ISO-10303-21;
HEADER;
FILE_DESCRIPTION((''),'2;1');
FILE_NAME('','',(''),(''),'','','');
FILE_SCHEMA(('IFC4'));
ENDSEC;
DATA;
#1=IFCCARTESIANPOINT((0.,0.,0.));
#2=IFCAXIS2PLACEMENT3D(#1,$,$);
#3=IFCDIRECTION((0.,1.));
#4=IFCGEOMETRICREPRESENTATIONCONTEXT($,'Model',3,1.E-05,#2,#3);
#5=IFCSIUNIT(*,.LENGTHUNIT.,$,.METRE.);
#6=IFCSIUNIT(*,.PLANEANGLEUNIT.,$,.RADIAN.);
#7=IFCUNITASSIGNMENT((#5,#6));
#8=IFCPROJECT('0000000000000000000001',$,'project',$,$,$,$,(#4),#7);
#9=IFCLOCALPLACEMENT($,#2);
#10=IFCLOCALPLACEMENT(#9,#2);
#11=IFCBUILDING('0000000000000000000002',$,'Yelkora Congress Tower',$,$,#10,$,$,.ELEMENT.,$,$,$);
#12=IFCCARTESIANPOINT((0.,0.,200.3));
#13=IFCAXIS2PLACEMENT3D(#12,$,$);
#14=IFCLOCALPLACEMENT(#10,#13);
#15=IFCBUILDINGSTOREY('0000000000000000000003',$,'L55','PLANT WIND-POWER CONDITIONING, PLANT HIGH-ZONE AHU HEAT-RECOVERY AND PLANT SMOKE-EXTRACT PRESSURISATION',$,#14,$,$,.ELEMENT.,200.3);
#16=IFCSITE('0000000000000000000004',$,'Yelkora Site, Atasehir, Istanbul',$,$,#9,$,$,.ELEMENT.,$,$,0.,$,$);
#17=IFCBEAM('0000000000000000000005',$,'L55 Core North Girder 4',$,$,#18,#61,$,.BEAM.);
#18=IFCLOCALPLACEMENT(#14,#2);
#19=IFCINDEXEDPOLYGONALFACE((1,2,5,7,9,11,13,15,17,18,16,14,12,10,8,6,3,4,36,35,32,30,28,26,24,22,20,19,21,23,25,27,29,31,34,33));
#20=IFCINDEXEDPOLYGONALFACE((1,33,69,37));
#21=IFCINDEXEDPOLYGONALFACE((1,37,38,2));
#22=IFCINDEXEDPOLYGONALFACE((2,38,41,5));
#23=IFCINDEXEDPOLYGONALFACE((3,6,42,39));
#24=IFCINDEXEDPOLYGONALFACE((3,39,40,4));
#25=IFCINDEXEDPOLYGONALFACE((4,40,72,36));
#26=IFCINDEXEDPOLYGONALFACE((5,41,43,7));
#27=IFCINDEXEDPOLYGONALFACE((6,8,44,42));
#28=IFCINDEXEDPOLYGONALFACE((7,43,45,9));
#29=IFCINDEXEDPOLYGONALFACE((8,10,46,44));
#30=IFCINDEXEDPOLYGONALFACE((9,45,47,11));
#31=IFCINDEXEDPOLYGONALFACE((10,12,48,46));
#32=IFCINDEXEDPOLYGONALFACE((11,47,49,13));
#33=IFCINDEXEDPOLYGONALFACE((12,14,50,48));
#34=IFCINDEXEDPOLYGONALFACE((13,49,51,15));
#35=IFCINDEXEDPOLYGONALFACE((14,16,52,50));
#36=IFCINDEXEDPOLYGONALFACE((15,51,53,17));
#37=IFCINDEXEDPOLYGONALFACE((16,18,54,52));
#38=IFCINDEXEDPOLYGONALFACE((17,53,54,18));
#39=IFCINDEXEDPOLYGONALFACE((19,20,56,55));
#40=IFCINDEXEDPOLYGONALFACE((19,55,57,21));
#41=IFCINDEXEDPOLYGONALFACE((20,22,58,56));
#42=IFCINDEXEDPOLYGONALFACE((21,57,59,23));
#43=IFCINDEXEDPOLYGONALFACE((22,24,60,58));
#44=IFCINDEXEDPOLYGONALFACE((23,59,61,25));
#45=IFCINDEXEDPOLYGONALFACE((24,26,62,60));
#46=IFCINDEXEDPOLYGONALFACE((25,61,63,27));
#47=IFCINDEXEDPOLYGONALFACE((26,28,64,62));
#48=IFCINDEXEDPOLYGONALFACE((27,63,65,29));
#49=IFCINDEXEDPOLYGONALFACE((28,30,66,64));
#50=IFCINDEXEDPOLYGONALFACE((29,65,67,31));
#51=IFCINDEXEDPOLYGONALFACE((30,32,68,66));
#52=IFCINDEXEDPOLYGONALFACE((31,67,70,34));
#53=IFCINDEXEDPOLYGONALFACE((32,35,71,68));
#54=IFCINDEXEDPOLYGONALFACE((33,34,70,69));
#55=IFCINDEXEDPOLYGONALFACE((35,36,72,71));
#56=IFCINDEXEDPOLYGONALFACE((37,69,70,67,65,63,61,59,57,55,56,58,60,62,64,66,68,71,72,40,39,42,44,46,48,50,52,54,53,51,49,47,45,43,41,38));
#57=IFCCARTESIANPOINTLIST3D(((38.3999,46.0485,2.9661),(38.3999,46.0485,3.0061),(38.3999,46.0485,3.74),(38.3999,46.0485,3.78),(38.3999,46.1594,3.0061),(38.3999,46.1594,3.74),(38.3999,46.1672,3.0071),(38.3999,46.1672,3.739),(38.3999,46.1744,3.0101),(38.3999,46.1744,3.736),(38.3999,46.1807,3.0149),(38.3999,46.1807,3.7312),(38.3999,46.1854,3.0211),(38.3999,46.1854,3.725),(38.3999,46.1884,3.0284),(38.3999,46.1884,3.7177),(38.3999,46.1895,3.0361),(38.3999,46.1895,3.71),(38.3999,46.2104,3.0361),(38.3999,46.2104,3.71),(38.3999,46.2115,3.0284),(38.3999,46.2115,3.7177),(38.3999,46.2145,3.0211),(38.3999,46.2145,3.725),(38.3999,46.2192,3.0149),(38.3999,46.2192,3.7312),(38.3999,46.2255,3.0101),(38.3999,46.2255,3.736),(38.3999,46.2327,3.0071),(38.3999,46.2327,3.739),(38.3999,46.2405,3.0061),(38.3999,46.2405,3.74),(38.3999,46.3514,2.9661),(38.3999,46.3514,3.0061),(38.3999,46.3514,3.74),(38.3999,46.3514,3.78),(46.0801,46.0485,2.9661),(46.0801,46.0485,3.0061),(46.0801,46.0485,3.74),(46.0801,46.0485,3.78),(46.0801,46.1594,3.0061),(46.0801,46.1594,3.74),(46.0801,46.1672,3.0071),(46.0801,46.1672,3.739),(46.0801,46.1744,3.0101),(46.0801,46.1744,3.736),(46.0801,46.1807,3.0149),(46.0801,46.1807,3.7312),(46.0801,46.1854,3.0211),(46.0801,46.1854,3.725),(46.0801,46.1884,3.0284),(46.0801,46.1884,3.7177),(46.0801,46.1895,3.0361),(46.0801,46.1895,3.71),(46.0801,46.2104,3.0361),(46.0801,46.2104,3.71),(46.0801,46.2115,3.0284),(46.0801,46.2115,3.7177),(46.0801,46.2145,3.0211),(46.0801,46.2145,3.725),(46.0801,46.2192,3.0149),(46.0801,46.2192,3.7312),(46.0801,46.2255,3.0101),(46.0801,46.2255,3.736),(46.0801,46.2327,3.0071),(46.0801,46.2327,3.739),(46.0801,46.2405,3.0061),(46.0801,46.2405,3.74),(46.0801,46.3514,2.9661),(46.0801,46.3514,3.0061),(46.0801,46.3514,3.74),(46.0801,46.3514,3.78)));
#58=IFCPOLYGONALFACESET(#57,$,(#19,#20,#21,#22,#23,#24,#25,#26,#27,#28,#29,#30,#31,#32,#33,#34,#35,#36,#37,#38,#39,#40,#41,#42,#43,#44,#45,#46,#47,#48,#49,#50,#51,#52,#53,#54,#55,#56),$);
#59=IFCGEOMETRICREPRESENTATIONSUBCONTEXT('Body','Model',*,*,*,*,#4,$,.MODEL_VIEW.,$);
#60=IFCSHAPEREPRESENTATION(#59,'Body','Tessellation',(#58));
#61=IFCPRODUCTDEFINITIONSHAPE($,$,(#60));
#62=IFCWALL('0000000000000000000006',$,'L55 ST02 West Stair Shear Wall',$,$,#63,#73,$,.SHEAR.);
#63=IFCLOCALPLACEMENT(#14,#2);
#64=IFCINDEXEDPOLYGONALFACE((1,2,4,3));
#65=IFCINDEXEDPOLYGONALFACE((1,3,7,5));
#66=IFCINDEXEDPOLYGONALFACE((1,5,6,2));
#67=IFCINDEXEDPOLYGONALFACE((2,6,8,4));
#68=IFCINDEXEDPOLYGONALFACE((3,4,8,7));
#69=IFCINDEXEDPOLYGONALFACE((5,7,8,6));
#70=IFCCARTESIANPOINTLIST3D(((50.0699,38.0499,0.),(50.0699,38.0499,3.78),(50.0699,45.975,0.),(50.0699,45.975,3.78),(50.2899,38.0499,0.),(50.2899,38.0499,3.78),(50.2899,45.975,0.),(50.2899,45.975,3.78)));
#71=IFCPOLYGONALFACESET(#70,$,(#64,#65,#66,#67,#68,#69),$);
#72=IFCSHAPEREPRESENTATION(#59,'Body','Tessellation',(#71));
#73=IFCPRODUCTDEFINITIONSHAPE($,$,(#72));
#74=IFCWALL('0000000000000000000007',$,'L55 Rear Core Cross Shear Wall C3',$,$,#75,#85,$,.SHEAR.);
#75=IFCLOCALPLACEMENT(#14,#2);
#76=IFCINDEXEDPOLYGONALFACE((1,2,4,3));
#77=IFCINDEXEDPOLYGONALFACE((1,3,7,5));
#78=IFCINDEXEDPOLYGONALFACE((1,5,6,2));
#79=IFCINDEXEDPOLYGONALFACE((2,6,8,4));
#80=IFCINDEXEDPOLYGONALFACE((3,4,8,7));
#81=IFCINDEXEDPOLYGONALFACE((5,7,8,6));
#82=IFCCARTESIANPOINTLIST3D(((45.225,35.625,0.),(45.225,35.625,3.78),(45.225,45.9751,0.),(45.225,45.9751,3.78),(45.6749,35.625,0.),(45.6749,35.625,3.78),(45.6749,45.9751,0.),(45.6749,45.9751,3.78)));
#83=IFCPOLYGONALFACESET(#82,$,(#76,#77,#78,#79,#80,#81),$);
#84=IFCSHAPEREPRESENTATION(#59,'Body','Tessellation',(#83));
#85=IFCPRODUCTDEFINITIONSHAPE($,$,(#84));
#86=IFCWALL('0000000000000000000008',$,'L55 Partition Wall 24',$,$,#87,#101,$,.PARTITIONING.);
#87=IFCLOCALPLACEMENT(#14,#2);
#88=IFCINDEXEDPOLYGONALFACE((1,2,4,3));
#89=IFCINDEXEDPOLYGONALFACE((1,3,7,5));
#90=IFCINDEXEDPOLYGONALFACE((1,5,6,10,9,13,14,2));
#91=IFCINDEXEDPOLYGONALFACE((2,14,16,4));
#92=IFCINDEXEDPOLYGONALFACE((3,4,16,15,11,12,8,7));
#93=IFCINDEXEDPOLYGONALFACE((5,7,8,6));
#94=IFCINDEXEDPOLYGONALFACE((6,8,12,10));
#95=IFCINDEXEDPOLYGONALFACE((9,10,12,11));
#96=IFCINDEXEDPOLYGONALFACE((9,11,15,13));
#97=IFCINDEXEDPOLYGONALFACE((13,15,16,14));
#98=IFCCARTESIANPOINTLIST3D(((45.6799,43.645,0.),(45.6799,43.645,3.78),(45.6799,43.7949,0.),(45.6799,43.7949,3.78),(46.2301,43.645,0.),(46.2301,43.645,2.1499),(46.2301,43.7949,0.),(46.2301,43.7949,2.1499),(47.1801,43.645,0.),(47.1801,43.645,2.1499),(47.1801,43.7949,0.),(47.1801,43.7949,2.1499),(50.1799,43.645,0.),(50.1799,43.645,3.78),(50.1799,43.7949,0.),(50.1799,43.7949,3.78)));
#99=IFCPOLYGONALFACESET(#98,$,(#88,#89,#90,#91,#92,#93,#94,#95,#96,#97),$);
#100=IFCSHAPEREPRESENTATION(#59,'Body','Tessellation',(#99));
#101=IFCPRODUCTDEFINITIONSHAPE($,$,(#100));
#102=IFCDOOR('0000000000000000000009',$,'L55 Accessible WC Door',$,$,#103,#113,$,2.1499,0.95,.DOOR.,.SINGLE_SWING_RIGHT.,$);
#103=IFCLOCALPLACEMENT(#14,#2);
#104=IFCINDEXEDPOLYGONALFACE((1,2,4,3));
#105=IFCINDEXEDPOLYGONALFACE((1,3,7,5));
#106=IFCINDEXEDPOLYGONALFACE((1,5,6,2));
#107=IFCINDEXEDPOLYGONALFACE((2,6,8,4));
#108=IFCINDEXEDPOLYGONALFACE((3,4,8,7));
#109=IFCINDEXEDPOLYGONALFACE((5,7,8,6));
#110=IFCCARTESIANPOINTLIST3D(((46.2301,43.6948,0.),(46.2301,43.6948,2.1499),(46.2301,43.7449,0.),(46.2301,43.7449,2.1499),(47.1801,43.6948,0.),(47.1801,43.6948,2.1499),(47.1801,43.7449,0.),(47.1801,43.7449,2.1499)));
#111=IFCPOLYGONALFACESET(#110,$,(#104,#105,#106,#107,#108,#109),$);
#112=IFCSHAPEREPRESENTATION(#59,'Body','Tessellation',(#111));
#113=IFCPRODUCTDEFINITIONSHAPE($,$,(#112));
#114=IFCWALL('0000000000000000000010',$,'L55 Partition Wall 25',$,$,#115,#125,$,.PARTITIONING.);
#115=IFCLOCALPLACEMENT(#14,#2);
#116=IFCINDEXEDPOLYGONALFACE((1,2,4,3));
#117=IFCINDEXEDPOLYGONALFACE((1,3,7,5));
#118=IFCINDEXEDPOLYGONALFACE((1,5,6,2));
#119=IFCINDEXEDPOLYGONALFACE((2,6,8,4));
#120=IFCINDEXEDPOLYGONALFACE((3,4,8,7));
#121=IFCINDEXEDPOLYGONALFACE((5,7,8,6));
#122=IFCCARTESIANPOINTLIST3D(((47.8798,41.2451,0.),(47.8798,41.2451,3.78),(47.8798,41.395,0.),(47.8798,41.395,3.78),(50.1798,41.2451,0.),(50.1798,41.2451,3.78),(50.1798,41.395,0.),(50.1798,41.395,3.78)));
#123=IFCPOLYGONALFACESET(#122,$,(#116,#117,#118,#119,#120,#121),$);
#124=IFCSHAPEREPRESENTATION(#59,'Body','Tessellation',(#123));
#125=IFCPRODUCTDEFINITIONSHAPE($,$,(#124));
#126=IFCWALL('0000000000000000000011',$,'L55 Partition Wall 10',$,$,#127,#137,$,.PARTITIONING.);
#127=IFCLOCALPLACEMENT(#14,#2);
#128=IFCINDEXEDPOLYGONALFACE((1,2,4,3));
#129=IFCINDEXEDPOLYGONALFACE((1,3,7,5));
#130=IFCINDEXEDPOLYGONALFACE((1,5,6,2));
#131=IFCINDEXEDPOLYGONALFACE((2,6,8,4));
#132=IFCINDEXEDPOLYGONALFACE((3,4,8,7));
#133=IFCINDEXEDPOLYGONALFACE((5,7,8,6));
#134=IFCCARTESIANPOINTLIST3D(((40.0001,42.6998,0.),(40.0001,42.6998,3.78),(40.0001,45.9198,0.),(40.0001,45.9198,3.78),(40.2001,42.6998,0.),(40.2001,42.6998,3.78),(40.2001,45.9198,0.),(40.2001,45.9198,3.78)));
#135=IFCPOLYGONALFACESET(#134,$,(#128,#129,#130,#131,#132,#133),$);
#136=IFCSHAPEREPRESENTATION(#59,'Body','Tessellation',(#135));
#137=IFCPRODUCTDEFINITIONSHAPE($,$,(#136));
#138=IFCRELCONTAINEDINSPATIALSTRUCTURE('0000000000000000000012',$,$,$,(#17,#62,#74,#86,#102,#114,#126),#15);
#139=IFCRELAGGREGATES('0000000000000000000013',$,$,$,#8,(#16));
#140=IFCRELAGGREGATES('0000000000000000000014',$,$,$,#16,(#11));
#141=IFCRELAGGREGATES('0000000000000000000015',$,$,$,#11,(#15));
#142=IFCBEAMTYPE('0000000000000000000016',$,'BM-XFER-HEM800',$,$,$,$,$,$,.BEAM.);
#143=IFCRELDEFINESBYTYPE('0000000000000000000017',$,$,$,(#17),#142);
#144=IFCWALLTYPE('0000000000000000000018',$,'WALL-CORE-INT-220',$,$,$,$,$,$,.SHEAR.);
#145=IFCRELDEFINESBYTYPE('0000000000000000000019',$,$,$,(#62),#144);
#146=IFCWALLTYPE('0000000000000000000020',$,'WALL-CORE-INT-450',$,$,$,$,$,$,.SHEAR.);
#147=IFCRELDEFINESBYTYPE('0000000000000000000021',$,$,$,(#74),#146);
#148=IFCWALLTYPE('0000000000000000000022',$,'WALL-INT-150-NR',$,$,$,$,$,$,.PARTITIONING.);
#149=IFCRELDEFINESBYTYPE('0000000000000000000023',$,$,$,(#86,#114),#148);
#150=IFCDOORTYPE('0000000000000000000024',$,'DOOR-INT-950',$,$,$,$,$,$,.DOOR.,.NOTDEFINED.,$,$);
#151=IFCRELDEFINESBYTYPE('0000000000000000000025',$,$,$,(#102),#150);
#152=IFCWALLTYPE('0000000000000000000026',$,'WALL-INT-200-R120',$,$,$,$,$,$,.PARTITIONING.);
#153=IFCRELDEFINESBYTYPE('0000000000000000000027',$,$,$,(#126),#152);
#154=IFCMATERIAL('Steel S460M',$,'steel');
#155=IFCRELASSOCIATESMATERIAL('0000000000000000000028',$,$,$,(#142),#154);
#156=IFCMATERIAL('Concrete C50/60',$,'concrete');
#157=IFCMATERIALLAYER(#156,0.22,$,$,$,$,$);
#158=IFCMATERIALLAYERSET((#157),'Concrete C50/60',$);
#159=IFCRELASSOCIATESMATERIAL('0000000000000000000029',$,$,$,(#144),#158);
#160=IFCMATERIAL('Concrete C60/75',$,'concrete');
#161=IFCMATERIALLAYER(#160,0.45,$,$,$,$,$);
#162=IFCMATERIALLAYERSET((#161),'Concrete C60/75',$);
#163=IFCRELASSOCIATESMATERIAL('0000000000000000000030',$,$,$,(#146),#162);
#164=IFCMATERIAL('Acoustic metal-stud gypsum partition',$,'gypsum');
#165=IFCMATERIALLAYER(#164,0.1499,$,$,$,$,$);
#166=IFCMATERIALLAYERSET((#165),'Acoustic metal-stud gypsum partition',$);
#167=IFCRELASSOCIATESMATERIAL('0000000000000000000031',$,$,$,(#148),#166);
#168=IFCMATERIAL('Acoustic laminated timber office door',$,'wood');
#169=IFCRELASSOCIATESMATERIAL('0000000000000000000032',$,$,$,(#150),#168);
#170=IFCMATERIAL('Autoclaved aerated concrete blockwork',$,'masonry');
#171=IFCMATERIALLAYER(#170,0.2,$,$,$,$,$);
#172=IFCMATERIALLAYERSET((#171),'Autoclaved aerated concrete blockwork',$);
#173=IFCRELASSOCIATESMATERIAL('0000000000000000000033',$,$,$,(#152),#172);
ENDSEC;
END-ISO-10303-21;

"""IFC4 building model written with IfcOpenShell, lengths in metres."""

from ifc_helpers import new_model, si_unit, direction, frame, frame_2d, origin, origin_2d, place, context, subcontext, project, spatial, rectangle, i_section, extrude, material, layer, layer_set, material_profile, profile_set, type_object, element, fill, save


model = new_model("IFC4")

# Units and contexts
model_context = context("Model", 3, precision=1e-05, world=origin(), true_north=direction((0.0, 1.0)))
body_context = subcontext(model_context, "Body", "Model", "MODEL_VIEW")
ifc_project = project(units=[si_unit("LENGTHUNIT", "METRE"), si_unit("PLANEANGLEUNIT", "RADIAN")], contexts=[model_context])

# Site, building, storey
site_placement = place(None, origin())
site = spatial("IfcSite", under=ifc_project, at=site_placement, Name="Yelkora Site, Atasehir, Istanbul", CompositionType="ELEMENT", RefElevation=0.0)
building_placement = place(site_placement, origin())
building = spatial("IfcBuilding", under=site, at=building_placement, Name="Yelkora Congress Tower", CompositionType="ELEMENT")
storey_placement = place(building_placement, frame((0.0, 0.0, 200.3)))
storey = spatial("IfcBuildingStorey", under=building, at=storey_placement, Name="L55", Description="PLANT WIND-POWER CONDITIONING, PLANT HIGH-ZONE AHU HEAT-RECOVERY AND PLANT SMOKE-EXTRACT PRESSURISATION", CompositionType="ELEMENT", Elevation=200.3)

# Shared definitions
ifc_material_1 = material(Name="Steel S460M", Category="steel")

# Beam
ifc_material_profile_1 = material_profile(ifc_material_1, i_section(OverallWidth=0.303, OverallDepth=0.814, WebThickness=0.021, FlangeThickness=0.04, FilletRadius=0.03, at=origin_2d()), Name="HEM 800")
ifc_profile_set_1 = profile_set([ifc_material_profile_1], Name="Steel S460M")
beam_type_1 = type_object("IfcBeamType", Name="BM-XFER-HEM800", PredefinedType="BEAM", material=ifc_profile_set_1)
beam_placement = place(storey_placement, frame((38.3999, 46.2, 3.373), z_axis=(1.0, 0.0, 0.0), x_axis=(0.0, 1.0, 0.0)))
element("IfcBeam", 1, at=beam_placement, inside=storey, type_object=beam_type_1, Name="L55 Core North Girder 4", PredefinedType="BEAM", context=body_context, shape_type="SweptSolid", body=[
    extrude(i_section(OverallWidth=0.303, OverallDepth=0.814, WebThickness=0.021, FlangeThickness=0.04, FilletRadius=0.03, at=origin_2d()), origin(), (0.0, 0.0, 1.0), 7.6802),
])

# Walls
ifc_material_2 = material(Name="Concrete C50/60", Category="concrete")
ifc_layer_1 = layer(ifc_material_2, 0.22)
ifc_layer_set_1 = layer_set([ifc_layer_1], Name="Concrete C50/60")
wall_type_1 = type_object("IfcWallType", Name="WALL-CORE-INT-220", PredefinedType="SHEAR", material=ifc_layer_set_1)
wall_1_placement = place(storey_placement, frame((50.1799, 38.05, 0.0), z_axis=(0.0, 0.0, 1.0), x_axis=(0.0, 1.0, 0.0)))
element("IfcWall", 2, at=wall_1_placement, inside=storey, type_object=wall_type_1, Name="L55 ST02 West Stair Shear Wall", PredefinedType="SHEAR", context=body_context, shape_type="SweptSolid", body=[
    extrude(rectangle(XDim=7.925, YDim=0.22, at=frame_2d((3.9624, 0.0))), origin(), (0.0, 0.0, 1.0), 3.78),
])
ifc_material_3 = material(Name="Concrete C60/75", Category="concrete")
ifc_layer_2 = layer(ifc_material_3, 0.45)
ifc_layer_set_2 = layer_set([ifc_layer_2], Name="Concrete C60/75")
wall_type_2 = type_object("IfcWallType", Name="WALL-CORE-INT-450", PredefinedType="SHEAR", material=ifc_layer_set_2)
wall_2_placement = place(storey_placement, frame((45.45, 35.625, 0.0), z_axis=(0.0, 0.0, 1.0), x_axis=(0.0, 1.0, 0.0)))
element("IfcWall", 3, at=wall_2_placement, inside=storey, type_object=wall_type_2, Name="L55 Rear Core Cross Shear Wall C3", PredefinedType="SHEAR", context=body_context, shape_type="SweptSolid", body=[
    extrude(rectangle(XDim=10.3501, YDim=0.45, at=frame_2d((5.175, 0.0))), origin(), (0.0, 0.0, 1.0), 3.78),
])

# Wall, opening, door
ifc_material_4 = material(Name="Acoustic metal-stud gypsum partition", Category="gypsum")
ifc_layer_3 = layer(ifc_material_4, 0.1499)
ifc_layer_set_3 = layer_set([ifc_layer_3], Name="Acoustic metal-stud gypsum partition")
wall_type_3 = type_object("IfcWallType", Name="WALL-INT-150-NR", PredefinedType="PARTITIONING", material=ifc_layer_set_3)
wall_3_placement = place(storey_placement, frame((45.6799, 43.72, 0.0), z_axis=(0.0, 0.0, 1.0), x_axis=(1.0, 0.0, 0.0)))
wall_3 = element("IfcWall", 4, at=wall_3_placement, inside=storey, type_object=wall_type_3, Name="L55 Partition Wall 24", PredefinedType="PARTITIONING", context=body_context, shape_type="SweptSolid", body=[
    extrude(rectangle(XDim=4.5, YDim=0.1499, at=frame_2d((2.25, 0.0))), origin(), (0.0, 0.0, 1.0), 3.78),
])
opening_1_placement = place(wall_3_placement, frame((0.55, 0.0, 0.0)))
opening_1 = element("IfcOpeningElement", 5, at=opening_1_placement, cuts=wall_3, PredefinedType="OPENING", context=body_context, shape_type="SweptSolid", body=[
    extrude(rectangle(XDim=0.95, YDim=2.1499, at=frame_2d((0.4751, 1.075))), frame((0.0, 0.085, 0.0), z_axis=(0.0, -1.0, 0.0), x_axis=(1.0, 0.0, 0.0)), (0.0, 0.0, 1.0), 0.1699),
])
ifc_material_5 = material(Name="Acoustic laminated timber office door", Category="wood")
door_type_1 = type_object("IfcDoorType", Name="DOOR-INT-950", OperationType="NOTDEFINED", PredefinedType="DOOR", material=ifc_material_5)
door_1_placement = place(opening_1_placement, origin())
door_1 = element("IfcDoor", 6, at=door_1_placement, inside=storey, type_object=door_type_1, Name="L55 Accessible WC Door", OperationType="SINGLE_SWING_RIGHT", OverallHeight=2.1499, OverallWidth=0.95, PredefinedType="DOOR", context=body_context, shape_type="SweptSolid", body=[
    extrude(rectangle(XDim=0.95, YDim=2.1499, at=frame_2d((0.4751, 1.075))), frame((0.0, 0.0249, 0.0), z_axis=(0.0, -1.0, 0.0), x_axis=(1.0, 0.0, 0.0)), (0.0, 0.0, 1.0), 0.05),
])
fill(opening_1, door_1)

# Wall
wall_4_placement = place(storey_placement, frame((47.8799, 41.3201, 0.0), z_axis=(0.0, 0.0, 1.0), x_axis=(1.0, 0.0, 0.0)))
element("IfcWall", 7, at=wall_4_placement, inside=storey, type_object=wall_type_3, Name="L55 Partition Wall 25", PredefinedType="PARTITIONING", context=body_context, shape_type="SweptSolid", body=[
    extrude(rectangle(XDim=2.3, YDim=0.1499, at=frame_2d((1.1499, 0.0))), origin(), (0.0, 0.0, 1.0), 3.78),
])

# Wall
ifc_material_6 = material(Name="Autoclaved aerated concrete blockwork", Category="masonry")
ifc_layer_4 = layer(ifc_material_6, 0.2)
ifc_layer_set_4 = layer_set([ifc_layer_4], Name="Autoclaved aerated concrete blockwork")
wall_type_4 = type_object("IfcWallType", Name="WALL-INT-200-R120", PredefinedType="PARTITIONING", material=ifc_layer_set_4)
wall_5_placement = place(storey_placement, frame((40.1001, 42.7, 0.0), z_axis=(0.0, 0.0, 1.0), x_axis=(0.0, 1.0, 0.0)))
element("IfcWall", 8, at=wall_5_placement, inside=storey, type_object=wall_type_4, Name="L55 Partition Wall 10", PredefinedType="PARTITIONING", context=body_context, shape_type="SweptSolid", body=[
    extrude(rectangle(XDim=3.22, YDim=0.2, at=frame_2d((1.6099, 0.0))), origin(), (0.0, 0.0, 1.0), 3.78),
])

save(model, "model.ifc")
